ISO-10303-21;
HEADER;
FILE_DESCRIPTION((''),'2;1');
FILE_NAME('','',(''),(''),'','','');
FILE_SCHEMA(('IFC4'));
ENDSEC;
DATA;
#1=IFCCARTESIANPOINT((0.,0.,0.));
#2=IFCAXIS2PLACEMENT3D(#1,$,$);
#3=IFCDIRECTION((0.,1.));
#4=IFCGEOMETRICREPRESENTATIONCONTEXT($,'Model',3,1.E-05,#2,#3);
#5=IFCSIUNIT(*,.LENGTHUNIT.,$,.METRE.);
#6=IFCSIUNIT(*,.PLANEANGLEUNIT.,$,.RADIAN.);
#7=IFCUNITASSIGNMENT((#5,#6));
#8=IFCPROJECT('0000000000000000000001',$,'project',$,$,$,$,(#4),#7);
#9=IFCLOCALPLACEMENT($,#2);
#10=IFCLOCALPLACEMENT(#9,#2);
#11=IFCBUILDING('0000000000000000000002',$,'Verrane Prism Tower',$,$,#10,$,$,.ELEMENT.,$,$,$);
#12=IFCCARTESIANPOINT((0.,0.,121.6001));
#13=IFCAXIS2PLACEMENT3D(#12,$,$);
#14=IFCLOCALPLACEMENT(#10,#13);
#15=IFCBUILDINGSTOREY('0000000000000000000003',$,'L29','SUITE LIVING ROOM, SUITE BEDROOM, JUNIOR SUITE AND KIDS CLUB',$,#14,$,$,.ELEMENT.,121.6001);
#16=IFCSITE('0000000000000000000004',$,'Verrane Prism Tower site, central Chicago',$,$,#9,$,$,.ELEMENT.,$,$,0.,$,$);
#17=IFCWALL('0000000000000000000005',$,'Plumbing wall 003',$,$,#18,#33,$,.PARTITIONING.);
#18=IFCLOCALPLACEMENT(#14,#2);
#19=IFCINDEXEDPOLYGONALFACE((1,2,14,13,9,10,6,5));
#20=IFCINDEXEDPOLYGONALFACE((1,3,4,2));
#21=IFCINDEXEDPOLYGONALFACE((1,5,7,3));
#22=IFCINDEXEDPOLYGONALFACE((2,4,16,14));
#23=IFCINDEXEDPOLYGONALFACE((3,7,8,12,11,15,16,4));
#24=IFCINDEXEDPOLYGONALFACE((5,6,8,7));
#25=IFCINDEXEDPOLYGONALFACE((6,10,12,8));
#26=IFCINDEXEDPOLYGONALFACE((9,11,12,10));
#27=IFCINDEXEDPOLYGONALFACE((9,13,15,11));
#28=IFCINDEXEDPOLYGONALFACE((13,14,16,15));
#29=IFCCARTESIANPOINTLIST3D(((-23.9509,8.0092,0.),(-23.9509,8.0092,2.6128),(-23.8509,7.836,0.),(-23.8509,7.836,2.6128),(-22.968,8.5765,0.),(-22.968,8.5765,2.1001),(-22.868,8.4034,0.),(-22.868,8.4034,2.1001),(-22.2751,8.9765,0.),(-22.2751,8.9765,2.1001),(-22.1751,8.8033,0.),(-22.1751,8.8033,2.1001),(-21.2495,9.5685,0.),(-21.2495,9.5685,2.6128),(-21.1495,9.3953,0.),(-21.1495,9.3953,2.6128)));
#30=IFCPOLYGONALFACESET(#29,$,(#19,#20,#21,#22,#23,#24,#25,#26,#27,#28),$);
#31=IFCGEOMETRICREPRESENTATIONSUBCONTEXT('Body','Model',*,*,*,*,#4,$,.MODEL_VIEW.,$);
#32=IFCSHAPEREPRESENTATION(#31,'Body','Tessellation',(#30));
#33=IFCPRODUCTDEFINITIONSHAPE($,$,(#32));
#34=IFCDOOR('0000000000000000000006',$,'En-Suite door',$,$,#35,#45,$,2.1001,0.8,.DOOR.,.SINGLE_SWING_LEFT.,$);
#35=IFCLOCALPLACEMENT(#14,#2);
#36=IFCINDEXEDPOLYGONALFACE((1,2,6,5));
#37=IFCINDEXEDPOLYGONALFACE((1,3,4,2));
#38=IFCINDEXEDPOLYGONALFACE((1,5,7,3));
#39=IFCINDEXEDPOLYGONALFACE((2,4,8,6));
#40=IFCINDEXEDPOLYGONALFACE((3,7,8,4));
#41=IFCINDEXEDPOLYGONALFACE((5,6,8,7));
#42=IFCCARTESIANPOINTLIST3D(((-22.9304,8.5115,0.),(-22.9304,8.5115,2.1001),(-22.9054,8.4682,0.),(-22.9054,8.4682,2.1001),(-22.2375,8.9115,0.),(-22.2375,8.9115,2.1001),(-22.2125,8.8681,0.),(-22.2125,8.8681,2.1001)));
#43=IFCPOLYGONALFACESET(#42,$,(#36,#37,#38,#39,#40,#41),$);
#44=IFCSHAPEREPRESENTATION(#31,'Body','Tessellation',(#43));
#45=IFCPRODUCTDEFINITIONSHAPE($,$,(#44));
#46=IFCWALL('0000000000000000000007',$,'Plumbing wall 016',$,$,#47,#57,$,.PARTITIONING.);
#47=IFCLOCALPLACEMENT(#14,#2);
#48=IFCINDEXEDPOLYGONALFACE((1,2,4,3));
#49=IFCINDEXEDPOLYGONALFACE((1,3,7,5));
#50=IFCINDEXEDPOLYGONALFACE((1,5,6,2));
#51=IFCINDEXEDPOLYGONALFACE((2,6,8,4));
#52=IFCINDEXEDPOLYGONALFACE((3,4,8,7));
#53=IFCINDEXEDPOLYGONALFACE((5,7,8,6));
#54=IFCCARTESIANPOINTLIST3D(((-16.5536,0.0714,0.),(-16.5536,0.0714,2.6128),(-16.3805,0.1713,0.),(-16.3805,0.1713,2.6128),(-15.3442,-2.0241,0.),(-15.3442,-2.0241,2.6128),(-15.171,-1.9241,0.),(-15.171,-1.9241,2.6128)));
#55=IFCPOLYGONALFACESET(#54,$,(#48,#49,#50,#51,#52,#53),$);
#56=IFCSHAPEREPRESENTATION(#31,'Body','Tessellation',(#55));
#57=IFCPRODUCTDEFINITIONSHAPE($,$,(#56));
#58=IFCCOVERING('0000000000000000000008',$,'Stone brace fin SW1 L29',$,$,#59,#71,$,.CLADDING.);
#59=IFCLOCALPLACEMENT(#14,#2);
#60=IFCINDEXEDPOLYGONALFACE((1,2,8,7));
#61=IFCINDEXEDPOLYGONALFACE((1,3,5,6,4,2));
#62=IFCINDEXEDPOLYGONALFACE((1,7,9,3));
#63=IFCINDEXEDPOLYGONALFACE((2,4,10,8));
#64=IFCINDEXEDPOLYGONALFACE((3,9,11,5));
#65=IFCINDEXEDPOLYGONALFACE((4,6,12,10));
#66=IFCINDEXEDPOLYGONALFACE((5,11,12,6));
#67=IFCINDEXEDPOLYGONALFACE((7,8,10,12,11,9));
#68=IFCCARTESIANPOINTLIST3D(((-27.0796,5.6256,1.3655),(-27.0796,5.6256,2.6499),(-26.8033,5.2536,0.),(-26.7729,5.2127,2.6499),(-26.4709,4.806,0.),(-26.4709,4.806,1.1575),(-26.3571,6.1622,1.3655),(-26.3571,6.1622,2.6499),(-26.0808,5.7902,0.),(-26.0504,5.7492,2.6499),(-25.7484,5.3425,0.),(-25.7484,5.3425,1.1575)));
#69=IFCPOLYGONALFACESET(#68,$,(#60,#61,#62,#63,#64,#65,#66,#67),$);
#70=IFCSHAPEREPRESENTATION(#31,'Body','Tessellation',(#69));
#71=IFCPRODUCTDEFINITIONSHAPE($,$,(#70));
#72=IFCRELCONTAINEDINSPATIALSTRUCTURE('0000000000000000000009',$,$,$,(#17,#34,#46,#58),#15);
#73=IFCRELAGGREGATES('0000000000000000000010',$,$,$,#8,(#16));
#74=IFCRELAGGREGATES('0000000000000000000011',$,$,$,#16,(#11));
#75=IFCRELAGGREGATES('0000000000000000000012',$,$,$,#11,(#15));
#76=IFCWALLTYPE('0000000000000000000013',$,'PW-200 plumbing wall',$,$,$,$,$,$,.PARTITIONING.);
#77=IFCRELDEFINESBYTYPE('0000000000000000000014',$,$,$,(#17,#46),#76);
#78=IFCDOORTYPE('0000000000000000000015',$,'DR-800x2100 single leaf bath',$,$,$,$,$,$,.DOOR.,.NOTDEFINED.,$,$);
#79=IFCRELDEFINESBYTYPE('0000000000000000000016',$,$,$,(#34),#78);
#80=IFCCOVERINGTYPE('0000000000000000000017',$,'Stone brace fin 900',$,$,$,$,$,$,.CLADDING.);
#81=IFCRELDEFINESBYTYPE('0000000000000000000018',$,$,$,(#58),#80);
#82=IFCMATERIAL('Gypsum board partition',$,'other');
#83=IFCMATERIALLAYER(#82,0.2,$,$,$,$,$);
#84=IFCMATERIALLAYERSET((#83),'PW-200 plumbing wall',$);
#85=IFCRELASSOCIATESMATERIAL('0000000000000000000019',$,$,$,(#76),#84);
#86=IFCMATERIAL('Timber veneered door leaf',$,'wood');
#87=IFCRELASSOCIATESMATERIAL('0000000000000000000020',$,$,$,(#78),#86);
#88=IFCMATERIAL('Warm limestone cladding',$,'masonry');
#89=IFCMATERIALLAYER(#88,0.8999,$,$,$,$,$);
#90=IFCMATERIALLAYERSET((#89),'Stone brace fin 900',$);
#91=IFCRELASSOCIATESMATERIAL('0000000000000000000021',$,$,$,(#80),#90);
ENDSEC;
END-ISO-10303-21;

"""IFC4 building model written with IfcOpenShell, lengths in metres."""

from ifc_helpers import new_model, si_unit, direction, frame, frame_2d, origin, place, context, subcontext, project, spatial, polyline, rectangle, outline, extrude, material, layer, layer_set, type_object, element, fill, save


model = new_model("IFC4")

# Units and contexts
model_context = context("Model", 3, precision=1e-05, world=origin(), true_north=direction((0.0, 1.0)))
body_context = subcontext(model_context, "Body", "Model", "MODEL_VIEW")
ifc_project = project(units=[si_unit("LENGTHUNIT", "METRE"), si_unit("PLANEANGLEUNIT", "RADIAN")], contexts=[model_context])

# Site, building, storey
site_placement = place(None, origin())
site = spatial("IfcSite", under=ifc_project, at=site_placement, Name="Verrane Prism Tower site, central Chicago", CompositionType="ELEMENT", RefElevation=0.0)
building_placement = place(site_placement, origin())
building = spatial("IfcBuilding", under=site, at=building_placement, Name="Verrane Prism Tower", CompositionType="ELEMENT")
storey_placement = place(building_placement, frame((0.0, 0.0, 121.6001)))
storey = spatial("IfcBuildingStorey", under=building, at=storey_placement, Name="L29", Description="SUITE LIVING ROOM, SUITE BEDROOM, JUNIOR SUITE AND KIDS CLUB", CompositionType="ELEMENT", Elevation=121.6001)

# Wall, opening, door
ifc_material_1 = material(Name="Gypsum board partition", Category="other")
ifc_layer_1 = layer(ifc_material_1, 0.2)
ifc_layer_set_1 = layer_set([ifc_layer_1], Name="PW-200 plumbing wall")
wall_type_1 = type_object("IfcWallType", Name="PW-200 plumbing wall", PredefinedType="PARTITIONING", material=ifc_layer_set_1)
wall_1_placement = place(storey_placement, frame((-23.9009, 7.9226, 0.0), z_axis=(0.0, 0.0, 1.0), x_axis=(0.866072, 0.499919, 0.0)))
wall_1 = element("IfcWall", 1, at=wall_1_placement, inside=storey, type_object=wall_type_1, Name="Plumbing wall 003", PredefinedType="PARTITIONING", context=body_context, shape_type="SweptSolid", body=[
    extrude(rectangle(XDim=3.1191, YDim=0.2, at=frame_2d((1.5596, 0.0))), origin(), (0.0, 0.0, 1.0), 2.6128),
])
opening_1_placement = place(wall_1_placement, frame((1.135, 0.0, 0.0)))
opening_1 = element("IfcOpeningElement", 2, at=opening_1_placement, cuts=wall_1, PredefinedType="OPENING", context=body_context, shape_type="SweptSolid", body=[
    extrude(rectangle(XDim=0.8, YDim=2.1001, at=frame_2d((0.3999, 1.05))), frame((0.0, 0.1099, 0.0), z_axis=(0.0, -1.0, 0.0), x_axis=(1.0, 0.0, 0.0)), (0.0, 0.0, 1.0), 0.22),
])
ifc_material_2 = material(Name="Timber veneered door leaf", Category="wood")
door_type_1 = type_object("IfcDoorType", Name="DR-800x2100 single leaf bath", OperationType="NOTDEFINED", PredefinedType="DOOR", material=ifc_material_2)
door_1_placement = place(opening_1_placement, origin())
door_1 = element("IfcDoor", 3, at=door_1_placement, inside=storey, type_object=door_type_1, Name="En-Suite door", OperationType="SINGLE_SWING_LEFT", OverallHeight=2.1001, OverallWidth=0.8, PredefinedType="DOOR", context=body_context, shape_type="SweptSolid", body=[
    extrude(rectangle(XDim=0.8, YDim=2.1001, at=frame_2d((0.3999, 1.05))), frame((0.0, 0.0249, 0.0), z_axis=(0.0, -1.0, 0.0), x_axis=(1.0, 0.0, 0.0)), (0.0, 0.0, 1.0), 0.05),
])
fill(opening_1, door_1)

# Wall
wall_2_placement = place(storey_placement, frame((-16.467, 0.1213, 0.0), z_axis=(0.0, 0.0, 1.0), x_axis=(0.499894, -0.866086, 0.0)))
element("IfcWall", 4, at=wall_2_placement, inside=storey, type_object=wall_type_1, Name="Plumbing wall 016", PredefinedType="PARTITIONING", context=body_context, shape_type="SweptSolid", body=[
    extrude(rectangle(XDim=2.4194, YDim=0.2, at=frame_2d((1.2097, 0.0))), origin(), (0.0, 0.0, 1.0), 2.6128),
])

# Covering
ifc_material_3 = material(Name="Warm limestone cladding", Category="masonry")
ifc_layer_2 = layer(ifc_material_3, 0.8999)
ifc_layer_set_2 = layer_set([ifc_layer_2], Name="Stone brace fin 900")
covering_type = type_object("IfcCoveringType", Name="Stone brace fin 900", PredefinedType="CLADDING", material=ifc_layer_set_2)
covering_placement = place(storey_placement, frame((-26.1096, 5.0742, 0.0), z_axis=(0.0, 0.0, 1.0), x_axis=(-0.596205, 0.802832, 0.0)))
element("IfcCovering", 5, at=covering_placement, inside=storey, type_object=covering_type, Name="Stone brace fin SW1 L29", PredefinedType="CLADDING", context=body_context, shape_type="SweptSolid", body=[
    extrude(outline(polyline([(1.021, 2.6499), (0.5066, 2.6499), (0.0, 1.1575), (0.0, 0.0), (0.5576, 0.0), (1.021, 1.3655), (1.021, 2.6499)])), frame((0.0, 0.45, 0.0), z_axis=(0.0, -1.0, 0.0), x_axis=(1.0, 0.0, 0.0)), (0.0, 0.0, 1.0), 0.8999),
])

save(model, "model.ifc")
